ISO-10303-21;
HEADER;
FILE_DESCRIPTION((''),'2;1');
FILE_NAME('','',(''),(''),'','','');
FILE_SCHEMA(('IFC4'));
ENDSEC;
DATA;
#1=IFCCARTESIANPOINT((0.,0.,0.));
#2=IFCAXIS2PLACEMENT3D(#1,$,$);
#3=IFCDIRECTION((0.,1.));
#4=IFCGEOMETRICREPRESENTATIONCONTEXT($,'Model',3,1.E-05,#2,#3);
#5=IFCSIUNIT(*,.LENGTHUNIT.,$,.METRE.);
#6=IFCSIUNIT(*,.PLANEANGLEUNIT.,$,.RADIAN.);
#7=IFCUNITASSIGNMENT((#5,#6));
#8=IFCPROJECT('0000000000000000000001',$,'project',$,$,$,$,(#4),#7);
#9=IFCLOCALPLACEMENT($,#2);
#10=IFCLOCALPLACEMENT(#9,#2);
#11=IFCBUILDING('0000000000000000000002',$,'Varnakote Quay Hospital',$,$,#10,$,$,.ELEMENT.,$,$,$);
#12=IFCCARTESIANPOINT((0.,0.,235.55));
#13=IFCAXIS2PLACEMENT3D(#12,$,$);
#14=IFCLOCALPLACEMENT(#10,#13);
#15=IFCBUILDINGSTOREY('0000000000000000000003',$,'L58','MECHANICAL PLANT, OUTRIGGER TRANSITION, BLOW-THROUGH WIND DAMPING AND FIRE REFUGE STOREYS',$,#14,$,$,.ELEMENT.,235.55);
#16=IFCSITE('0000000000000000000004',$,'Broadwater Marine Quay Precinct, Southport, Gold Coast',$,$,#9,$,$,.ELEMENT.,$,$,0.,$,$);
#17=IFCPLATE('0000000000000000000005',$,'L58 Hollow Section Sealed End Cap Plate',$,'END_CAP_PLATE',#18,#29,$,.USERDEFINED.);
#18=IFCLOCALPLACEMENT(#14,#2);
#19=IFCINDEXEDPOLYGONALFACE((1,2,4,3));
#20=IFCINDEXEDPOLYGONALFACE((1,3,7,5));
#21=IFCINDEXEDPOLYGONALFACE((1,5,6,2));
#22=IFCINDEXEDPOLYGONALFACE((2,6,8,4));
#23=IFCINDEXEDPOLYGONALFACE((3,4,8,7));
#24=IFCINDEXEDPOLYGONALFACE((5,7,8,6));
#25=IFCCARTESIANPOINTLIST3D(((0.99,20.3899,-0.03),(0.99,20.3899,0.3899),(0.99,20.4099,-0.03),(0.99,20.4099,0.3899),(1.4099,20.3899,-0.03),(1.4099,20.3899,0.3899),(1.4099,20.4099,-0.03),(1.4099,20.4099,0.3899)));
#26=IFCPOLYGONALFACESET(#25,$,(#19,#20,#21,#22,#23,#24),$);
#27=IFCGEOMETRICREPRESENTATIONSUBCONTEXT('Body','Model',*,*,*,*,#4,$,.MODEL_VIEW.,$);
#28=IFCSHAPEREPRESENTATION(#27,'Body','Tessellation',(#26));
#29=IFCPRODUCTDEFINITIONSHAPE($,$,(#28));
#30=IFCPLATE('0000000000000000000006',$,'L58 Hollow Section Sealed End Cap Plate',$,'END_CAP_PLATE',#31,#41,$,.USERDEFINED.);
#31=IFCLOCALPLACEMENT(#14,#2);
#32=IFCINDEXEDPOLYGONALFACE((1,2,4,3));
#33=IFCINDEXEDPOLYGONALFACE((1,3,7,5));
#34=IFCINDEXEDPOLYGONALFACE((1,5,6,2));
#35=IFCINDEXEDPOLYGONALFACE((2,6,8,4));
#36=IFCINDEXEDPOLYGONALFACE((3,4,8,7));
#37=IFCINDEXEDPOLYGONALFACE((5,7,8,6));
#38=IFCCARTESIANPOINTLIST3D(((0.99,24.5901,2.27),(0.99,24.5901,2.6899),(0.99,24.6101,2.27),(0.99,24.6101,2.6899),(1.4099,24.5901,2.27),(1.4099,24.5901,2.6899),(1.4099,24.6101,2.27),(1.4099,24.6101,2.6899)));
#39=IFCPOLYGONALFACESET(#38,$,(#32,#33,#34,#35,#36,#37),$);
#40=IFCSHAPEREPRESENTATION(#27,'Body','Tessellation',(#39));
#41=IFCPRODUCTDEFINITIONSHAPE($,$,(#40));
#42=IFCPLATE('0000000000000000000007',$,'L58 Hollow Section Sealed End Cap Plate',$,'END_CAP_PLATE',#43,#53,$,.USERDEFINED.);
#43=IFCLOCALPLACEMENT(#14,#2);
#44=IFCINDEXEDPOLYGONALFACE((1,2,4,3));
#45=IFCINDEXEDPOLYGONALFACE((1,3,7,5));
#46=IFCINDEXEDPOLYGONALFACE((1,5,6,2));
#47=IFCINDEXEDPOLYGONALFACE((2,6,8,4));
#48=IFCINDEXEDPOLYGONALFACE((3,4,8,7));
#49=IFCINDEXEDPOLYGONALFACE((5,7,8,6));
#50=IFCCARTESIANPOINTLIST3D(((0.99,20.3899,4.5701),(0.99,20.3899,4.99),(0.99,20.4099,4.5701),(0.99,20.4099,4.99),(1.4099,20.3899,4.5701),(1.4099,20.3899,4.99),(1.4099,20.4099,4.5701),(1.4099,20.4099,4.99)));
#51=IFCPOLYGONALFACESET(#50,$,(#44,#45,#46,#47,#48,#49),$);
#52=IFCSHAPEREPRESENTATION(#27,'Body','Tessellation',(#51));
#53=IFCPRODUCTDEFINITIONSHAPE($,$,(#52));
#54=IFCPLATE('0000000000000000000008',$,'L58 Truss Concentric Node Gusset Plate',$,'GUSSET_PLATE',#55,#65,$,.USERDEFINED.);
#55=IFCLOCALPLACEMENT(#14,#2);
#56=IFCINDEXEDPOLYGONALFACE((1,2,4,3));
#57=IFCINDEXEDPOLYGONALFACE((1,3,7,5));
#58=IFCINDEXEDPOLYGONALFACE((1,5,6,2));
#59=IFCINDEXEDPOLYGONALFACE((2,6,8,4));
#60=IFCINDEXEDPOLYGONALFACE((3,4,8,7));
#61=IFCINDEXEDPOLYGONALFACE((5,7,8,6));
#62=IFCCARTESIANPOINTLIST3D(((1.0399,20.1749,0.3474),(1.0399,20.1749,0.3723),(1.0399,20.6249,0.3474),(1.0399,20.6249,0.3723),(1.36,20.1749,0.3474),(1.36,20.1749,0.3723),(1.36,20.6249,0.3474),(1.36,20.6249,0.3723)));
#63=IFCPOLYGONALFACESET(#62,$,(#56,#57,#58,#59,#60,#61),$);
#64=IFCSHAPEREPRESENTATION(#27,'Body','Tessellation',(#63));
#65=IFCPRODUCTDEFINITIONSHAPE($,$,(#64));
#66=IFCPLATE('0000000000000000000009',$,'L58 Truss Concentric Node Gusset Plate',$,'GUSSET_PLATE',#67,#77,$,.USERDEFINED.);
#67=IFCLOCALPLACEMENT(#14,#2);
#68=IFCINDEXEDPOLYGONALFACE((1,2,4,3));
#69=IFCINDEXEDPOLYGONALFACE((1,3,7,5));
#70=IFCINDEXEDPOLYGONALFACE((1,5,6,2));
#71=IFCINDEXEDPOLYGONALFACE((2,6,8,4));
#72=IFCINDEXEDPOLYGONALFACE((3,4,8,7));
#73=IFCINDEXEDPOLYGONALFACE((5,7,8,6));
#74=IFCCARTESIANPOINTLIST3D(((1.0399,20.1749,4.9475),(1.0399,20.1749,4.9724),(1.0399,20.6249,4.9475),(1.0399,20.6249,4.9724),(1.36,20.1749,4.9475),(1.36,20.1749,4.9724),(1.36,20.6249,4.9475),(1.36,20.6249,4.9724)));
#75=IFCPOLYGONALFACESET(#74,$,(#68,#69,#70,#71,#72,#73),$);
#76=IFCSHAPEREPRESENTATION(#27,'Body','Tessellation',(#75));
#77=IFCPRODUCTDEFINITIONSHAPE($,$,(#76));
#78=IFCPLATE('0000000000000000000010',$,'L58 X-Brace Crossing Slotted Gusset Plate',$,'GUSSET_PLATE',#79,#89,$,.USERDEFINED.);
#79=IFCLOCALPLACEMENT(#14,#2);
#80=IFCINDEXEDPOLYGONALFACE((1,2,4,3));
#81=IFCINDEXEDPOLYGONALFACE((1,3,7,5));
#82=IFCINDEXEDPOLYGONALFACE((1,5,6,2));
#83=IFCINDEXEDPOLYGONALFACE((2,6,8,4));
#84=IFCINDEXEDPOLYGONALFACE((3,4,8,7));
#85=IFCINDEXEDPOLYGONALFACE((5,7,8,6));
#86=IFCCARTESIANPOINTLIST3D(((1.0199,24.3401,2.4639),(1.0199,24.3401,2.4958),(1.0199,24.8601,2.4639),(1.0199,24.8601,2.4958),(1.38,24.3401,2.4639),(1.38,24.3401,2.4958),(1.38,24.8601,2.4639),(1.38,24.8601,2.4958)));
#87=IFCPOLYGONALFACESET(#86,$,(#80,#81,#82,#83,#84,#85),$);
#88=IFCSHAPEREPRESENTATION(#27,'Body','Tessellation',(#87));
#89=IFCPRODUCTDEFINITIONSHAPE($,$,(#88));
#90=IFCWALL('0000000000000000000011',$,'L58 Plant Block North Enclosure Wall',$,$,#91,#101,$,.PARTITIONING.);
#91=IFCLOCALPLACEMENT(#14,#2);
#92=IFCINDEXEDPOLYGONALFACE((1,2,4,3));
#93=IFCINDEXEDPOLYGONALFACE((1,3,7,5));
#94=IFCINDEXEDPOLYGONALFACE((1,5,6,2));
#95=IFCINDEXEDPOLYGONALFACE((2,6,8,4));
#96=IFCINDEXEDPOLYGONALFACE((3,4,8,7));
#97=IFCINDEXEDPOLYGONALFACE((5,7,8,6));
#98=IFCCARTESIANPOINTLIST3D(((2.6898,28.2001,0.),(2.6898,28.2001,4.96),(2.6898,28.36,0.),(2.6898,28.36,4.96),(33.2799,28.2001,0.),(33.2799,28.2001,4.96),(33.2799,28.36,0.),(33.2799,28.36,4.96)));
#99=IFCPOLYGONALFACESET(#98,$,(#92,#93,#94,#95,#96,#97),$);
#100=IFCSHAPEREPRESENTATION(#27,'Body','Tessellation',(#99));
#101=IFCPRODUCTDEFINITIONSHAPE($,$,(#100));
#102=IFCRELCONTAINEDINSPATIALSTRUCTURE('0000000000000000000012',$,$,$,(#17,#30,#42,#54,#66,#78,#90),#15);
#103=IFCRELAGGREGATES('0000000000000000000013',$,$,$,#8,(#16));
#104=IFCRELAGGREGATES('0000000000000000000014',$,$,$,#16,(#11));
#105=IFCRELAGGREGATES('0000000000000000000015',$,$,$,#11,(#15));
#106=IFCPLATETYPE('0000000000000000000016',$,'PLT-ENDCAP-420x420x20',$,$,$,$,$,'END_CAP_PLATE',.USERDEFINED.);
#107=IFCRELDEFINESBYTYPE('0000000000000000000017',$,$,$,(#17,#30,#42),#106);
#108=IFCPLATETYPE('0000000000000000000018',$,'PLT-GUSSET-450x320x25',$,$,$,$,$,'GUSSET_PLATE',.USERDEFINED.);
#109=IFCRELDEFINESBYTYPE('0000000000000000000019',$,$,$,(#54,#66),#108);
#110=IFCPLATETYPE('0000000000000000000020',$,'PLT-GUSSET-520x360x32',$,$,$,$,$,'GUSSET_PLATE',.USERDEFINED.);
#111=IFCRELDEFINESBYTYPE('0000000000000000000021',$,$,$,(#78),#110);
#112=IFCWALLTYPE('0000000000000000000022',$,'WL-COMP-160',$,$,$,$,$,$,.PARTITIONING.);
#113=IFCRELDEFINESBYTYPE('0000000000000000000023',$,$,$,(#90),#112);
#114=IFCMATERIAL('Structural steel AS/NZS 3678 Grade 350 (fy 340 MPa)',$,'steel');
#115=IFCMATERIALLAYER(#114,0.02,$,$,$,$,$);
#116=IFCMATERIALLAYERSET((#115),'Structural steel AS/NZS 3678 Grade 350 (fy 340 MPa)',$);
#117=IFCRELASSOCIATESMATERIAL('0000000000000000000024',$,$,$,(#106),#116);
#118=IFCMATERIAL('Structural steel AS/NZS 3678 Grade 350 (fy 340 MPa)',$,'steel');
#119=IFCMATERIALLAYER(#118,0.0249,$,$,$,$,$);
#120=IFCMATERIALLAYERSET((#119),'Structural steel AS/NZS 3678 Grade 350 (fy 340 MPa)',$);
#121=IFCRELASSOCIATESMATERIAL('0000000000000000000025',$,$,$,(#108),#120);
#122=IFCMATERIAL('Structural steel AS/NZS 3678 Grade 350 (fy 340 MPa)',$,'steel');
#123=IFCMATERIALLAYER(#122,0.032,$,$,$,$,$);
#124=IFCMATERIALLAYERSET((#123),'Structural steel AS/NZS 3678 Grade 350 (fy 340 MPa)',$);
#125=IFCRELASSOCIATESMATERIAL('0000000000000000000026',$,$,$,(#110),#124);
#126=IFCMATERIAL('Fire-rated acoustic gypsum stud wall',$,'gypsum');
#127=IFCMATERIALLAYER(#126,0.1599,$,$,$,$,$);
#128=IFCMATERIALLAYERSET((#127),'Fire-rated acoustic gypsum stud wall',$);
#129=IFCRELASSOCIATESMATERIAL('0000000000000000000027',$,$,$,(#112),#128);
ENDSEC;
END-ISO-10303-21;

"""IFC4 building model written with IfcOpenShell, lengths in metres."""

from ifc_helpers import new_model, si_unit, direction, frame, frame_2d, origin, origin_2d, place, context, subcontext, project, spatial, rectangle, extrude, material, layer, layer_set, type_object, element, save


model = new_model("IFC4")

# Units and contexts
model_context = context("Model", 3, precision=1e-05, world=origin(), true_north=direction((0.0, 1.0)))
body_context = subcontext(model_context, "Body", "Model", "MODEL_VIEW")
ifc_project = project(units=[si_unit("LENGTHUNIT", "METRE"), si_unit("PLANEANGLEUNIT", "RADIAN")], contexts=[model_context])

# Site, building, storey
site_placement = place(None, origin())
site = spatial("IfcSite", under=ifc_project, at=site_placement, Name="Broadwater Marine Quay Precinct, Southport, Gold Coast", CompositionType="ELEMENT", RefElevation=0.0)
building_placement = place(site_placement, origin())
building = spatial("IfcBuilding", under=site, at=building_placement, Name="Varnakote Quay Hospital", CompositionType="ELEMENT")
storey_placement = place(building_placement, frame((0.0, 0.0, 235.55)))
storey = spatial("IfcBuildingStorey", under=building, at=storey_placement, Name="L58", Description="MECHANICAL PLANT, OUTRIGGER TRANSITION, BLOW-THROUGH WIND DAMPING AND FIRE REFUGE STOREYS", CompositionType="ELEMENT", Elevation=235.55)

# Plates
ifc_material_1 = material(Name="Structural steel AS/NZS 3678 Grade 350 (fy 340 MPa)", Category="steel")
ifc_layer_1 = layer(ifc_material_1, 0.02)
ifc_layer_set_1 = layer_set([ifc_layer_1], Name="Structural steel AS/NZS 3678 Grade 350 (fy 340 MPa)")
plate_type_1 = type_object("IfcPlateType", Name="PLT-ENDCAP-420x420x20", ElementType="END_CAP_PLATE", PredefinedType="USERDEFINED", material=ifc_layer_set_1)
for number, where, z_axis, x_axis, name in (
    (1, (1.2, 20.3999, -0.03), (0.0, 0.0, 1.0), (0.0, 1.0, 0.0), "L58 Hollow Section Sealed End Cap Plate"),
    (2, (1.2, 24.6001, 2.27), (0.0, 0.0, 1.0), (0.0, 1.0, 0.0), "L58 Hollow Section Sealed End Cap Plate"),
    (3, (1.2, 20.3999, 4.5701), (0.0, 0.0, 1.0), (0.0, 1.0, 0.0), "L58 Hollow Section Sealed End Cap Plate"),
):
    element("IfcPlate", number, at=place(storey_placement, frame(where, z_axis=z_axis, x_axis=x_axis)), inside=storey, type_object=plate_type_1, Name=name, ObjectType="END_CAP_PLATE", PredefinedType="USERDEFINED", context=body_context, shape_type="SweptSolid", body=[
        extrude(rectangle(XDim=0.02, YDim=0.4199, at=origin_2d()), origin(), (0.0, 0.0, 1.0), 0.4199),
    ])
ifc_material_2 = material(Name="Structural steel AS/NZS 3678 Grade 350 (fy 340 MPa)", Category="steel")
ifc_layer_2 = layer(ifc_material_2, 0.0249)
ifc_layer_set_2 = layer_set([ifc_layer_2], Name="Structural steel AS/NZS 3678 Grade 350 (fy 340 MPa)")
plate_type_2 = type_object("IfcPlateType", Name="PLT-GUSSET-450x320x25", ElementType="GUSSET_PLATE", PredefinedType="USERDEFINED", material=ifc_layer_set_2)
for number, where, z_axis, x_axis, name in (
    (4, (1.2, 20.3999, 0.3474), (0.0, 0.0, 1.0), (0.0, 1.0, 0.0), "L58 Truss Concentric Node Gusset Plate"),
    (5, (1.2, 20.3999, 4.9475), (0.0, 0.0, 1.0), (0.0, 1.0, 0.0), "L58 Truss Concentric Node Gusset Plate"),
):
    element("IfcPlate", number, at=place(storey_placement, frame(where, z_axis=z_axis, x_axis=x_axis)), inside=storey, type_object=plate_type_2, Name=name, ObjectType="GUSSET_PLATE", PredefinedType="USERDEFINED", context=body_context, shape_type="SweptSolid", body=[
        extrude(rectangle(XDim=0.45, YDim=0.3201, at=origin_2d()), origin(), (0.0, 0.0, 1.0), 0.0249),
    ])
ifc_material_3 = material(Name="Structural steel AS/NZS 3678 Grade 350 (fy 340 MPa)", Category="steel")
ifc_layer_3 = layer(ifc_material_3, 0.032)
ifc_layer_set_3 = layer_set([ifc_layer_3], Name="Structural steel AS/NZS 3678 Grade 350 (fy 340 MPa)")
plate_type_3 = type_object("IfcPlateType", Name="PLT-GUSSET-520x360x32", ElementType="GUSSET_PLATE", PredefinedType="USERDEFINED", material=ifc_layer_set_3)
plate_placement = place(storey_placement, frame((1.2, 24.6001, 2.4639), z_axis=(0.0, 0.0, 1.0), x_axis=(0.0, 1.0, 0.0)))
element("IfcPlate", 6, at=plate_placement, inside=storey, type_object=plate_type_3, Name="L58 X-Brace Crossing Slotted Gusset Plate", ObjectType="GUSSET_PLATE", PredefinedType="USERDEFINED", context=body_context, shape_type="SweptSolid", body=[
    extrude(rectangle(XDim=0.52, YDim=0.3601, at=origin_2d()), origin(), (0.0, 0.0, 1.0), 0.032),
])

# Wall
ifc_material_4 = material(Name="Fire-rated acoustic gypsum stud wall", Category="gypsum")
ifc_layer_4 = layer(ifc_material_4, 0.1599)
ifc_layer_set_4 = layer_set([ifc_layer_4], Name="Fire-rated acoustic gypsum stud wall")
wall_type = type_object("IfcWallType", Name="WL-COMP-160", PredefinedType="PARTITIONING", material=ifc_layer_set_4)
wall_placement = place(storey_placement, frame((2.6899, 28.28, 0.0), z_axis=(0.0, 0.0, 1.0), x_axis=(1.0, 0.0, 0.0)))
element("IfcWall", 7, at=wall_placement, inside=storey, type_object=wall_type, Name="L58 Plant Block North Enclosure Wall", PredefinedType="PARTITIONING", context=body_context, shape_type="SweptSolid", body=[
    extrude(rectangle(XDim=30.5901, YDim=0.1599, at=frame_2d((15.2949, 0.0))), origin(), (0.0, 0.0, 1.0), 4.96),
])

save(model, "model.ifc")
